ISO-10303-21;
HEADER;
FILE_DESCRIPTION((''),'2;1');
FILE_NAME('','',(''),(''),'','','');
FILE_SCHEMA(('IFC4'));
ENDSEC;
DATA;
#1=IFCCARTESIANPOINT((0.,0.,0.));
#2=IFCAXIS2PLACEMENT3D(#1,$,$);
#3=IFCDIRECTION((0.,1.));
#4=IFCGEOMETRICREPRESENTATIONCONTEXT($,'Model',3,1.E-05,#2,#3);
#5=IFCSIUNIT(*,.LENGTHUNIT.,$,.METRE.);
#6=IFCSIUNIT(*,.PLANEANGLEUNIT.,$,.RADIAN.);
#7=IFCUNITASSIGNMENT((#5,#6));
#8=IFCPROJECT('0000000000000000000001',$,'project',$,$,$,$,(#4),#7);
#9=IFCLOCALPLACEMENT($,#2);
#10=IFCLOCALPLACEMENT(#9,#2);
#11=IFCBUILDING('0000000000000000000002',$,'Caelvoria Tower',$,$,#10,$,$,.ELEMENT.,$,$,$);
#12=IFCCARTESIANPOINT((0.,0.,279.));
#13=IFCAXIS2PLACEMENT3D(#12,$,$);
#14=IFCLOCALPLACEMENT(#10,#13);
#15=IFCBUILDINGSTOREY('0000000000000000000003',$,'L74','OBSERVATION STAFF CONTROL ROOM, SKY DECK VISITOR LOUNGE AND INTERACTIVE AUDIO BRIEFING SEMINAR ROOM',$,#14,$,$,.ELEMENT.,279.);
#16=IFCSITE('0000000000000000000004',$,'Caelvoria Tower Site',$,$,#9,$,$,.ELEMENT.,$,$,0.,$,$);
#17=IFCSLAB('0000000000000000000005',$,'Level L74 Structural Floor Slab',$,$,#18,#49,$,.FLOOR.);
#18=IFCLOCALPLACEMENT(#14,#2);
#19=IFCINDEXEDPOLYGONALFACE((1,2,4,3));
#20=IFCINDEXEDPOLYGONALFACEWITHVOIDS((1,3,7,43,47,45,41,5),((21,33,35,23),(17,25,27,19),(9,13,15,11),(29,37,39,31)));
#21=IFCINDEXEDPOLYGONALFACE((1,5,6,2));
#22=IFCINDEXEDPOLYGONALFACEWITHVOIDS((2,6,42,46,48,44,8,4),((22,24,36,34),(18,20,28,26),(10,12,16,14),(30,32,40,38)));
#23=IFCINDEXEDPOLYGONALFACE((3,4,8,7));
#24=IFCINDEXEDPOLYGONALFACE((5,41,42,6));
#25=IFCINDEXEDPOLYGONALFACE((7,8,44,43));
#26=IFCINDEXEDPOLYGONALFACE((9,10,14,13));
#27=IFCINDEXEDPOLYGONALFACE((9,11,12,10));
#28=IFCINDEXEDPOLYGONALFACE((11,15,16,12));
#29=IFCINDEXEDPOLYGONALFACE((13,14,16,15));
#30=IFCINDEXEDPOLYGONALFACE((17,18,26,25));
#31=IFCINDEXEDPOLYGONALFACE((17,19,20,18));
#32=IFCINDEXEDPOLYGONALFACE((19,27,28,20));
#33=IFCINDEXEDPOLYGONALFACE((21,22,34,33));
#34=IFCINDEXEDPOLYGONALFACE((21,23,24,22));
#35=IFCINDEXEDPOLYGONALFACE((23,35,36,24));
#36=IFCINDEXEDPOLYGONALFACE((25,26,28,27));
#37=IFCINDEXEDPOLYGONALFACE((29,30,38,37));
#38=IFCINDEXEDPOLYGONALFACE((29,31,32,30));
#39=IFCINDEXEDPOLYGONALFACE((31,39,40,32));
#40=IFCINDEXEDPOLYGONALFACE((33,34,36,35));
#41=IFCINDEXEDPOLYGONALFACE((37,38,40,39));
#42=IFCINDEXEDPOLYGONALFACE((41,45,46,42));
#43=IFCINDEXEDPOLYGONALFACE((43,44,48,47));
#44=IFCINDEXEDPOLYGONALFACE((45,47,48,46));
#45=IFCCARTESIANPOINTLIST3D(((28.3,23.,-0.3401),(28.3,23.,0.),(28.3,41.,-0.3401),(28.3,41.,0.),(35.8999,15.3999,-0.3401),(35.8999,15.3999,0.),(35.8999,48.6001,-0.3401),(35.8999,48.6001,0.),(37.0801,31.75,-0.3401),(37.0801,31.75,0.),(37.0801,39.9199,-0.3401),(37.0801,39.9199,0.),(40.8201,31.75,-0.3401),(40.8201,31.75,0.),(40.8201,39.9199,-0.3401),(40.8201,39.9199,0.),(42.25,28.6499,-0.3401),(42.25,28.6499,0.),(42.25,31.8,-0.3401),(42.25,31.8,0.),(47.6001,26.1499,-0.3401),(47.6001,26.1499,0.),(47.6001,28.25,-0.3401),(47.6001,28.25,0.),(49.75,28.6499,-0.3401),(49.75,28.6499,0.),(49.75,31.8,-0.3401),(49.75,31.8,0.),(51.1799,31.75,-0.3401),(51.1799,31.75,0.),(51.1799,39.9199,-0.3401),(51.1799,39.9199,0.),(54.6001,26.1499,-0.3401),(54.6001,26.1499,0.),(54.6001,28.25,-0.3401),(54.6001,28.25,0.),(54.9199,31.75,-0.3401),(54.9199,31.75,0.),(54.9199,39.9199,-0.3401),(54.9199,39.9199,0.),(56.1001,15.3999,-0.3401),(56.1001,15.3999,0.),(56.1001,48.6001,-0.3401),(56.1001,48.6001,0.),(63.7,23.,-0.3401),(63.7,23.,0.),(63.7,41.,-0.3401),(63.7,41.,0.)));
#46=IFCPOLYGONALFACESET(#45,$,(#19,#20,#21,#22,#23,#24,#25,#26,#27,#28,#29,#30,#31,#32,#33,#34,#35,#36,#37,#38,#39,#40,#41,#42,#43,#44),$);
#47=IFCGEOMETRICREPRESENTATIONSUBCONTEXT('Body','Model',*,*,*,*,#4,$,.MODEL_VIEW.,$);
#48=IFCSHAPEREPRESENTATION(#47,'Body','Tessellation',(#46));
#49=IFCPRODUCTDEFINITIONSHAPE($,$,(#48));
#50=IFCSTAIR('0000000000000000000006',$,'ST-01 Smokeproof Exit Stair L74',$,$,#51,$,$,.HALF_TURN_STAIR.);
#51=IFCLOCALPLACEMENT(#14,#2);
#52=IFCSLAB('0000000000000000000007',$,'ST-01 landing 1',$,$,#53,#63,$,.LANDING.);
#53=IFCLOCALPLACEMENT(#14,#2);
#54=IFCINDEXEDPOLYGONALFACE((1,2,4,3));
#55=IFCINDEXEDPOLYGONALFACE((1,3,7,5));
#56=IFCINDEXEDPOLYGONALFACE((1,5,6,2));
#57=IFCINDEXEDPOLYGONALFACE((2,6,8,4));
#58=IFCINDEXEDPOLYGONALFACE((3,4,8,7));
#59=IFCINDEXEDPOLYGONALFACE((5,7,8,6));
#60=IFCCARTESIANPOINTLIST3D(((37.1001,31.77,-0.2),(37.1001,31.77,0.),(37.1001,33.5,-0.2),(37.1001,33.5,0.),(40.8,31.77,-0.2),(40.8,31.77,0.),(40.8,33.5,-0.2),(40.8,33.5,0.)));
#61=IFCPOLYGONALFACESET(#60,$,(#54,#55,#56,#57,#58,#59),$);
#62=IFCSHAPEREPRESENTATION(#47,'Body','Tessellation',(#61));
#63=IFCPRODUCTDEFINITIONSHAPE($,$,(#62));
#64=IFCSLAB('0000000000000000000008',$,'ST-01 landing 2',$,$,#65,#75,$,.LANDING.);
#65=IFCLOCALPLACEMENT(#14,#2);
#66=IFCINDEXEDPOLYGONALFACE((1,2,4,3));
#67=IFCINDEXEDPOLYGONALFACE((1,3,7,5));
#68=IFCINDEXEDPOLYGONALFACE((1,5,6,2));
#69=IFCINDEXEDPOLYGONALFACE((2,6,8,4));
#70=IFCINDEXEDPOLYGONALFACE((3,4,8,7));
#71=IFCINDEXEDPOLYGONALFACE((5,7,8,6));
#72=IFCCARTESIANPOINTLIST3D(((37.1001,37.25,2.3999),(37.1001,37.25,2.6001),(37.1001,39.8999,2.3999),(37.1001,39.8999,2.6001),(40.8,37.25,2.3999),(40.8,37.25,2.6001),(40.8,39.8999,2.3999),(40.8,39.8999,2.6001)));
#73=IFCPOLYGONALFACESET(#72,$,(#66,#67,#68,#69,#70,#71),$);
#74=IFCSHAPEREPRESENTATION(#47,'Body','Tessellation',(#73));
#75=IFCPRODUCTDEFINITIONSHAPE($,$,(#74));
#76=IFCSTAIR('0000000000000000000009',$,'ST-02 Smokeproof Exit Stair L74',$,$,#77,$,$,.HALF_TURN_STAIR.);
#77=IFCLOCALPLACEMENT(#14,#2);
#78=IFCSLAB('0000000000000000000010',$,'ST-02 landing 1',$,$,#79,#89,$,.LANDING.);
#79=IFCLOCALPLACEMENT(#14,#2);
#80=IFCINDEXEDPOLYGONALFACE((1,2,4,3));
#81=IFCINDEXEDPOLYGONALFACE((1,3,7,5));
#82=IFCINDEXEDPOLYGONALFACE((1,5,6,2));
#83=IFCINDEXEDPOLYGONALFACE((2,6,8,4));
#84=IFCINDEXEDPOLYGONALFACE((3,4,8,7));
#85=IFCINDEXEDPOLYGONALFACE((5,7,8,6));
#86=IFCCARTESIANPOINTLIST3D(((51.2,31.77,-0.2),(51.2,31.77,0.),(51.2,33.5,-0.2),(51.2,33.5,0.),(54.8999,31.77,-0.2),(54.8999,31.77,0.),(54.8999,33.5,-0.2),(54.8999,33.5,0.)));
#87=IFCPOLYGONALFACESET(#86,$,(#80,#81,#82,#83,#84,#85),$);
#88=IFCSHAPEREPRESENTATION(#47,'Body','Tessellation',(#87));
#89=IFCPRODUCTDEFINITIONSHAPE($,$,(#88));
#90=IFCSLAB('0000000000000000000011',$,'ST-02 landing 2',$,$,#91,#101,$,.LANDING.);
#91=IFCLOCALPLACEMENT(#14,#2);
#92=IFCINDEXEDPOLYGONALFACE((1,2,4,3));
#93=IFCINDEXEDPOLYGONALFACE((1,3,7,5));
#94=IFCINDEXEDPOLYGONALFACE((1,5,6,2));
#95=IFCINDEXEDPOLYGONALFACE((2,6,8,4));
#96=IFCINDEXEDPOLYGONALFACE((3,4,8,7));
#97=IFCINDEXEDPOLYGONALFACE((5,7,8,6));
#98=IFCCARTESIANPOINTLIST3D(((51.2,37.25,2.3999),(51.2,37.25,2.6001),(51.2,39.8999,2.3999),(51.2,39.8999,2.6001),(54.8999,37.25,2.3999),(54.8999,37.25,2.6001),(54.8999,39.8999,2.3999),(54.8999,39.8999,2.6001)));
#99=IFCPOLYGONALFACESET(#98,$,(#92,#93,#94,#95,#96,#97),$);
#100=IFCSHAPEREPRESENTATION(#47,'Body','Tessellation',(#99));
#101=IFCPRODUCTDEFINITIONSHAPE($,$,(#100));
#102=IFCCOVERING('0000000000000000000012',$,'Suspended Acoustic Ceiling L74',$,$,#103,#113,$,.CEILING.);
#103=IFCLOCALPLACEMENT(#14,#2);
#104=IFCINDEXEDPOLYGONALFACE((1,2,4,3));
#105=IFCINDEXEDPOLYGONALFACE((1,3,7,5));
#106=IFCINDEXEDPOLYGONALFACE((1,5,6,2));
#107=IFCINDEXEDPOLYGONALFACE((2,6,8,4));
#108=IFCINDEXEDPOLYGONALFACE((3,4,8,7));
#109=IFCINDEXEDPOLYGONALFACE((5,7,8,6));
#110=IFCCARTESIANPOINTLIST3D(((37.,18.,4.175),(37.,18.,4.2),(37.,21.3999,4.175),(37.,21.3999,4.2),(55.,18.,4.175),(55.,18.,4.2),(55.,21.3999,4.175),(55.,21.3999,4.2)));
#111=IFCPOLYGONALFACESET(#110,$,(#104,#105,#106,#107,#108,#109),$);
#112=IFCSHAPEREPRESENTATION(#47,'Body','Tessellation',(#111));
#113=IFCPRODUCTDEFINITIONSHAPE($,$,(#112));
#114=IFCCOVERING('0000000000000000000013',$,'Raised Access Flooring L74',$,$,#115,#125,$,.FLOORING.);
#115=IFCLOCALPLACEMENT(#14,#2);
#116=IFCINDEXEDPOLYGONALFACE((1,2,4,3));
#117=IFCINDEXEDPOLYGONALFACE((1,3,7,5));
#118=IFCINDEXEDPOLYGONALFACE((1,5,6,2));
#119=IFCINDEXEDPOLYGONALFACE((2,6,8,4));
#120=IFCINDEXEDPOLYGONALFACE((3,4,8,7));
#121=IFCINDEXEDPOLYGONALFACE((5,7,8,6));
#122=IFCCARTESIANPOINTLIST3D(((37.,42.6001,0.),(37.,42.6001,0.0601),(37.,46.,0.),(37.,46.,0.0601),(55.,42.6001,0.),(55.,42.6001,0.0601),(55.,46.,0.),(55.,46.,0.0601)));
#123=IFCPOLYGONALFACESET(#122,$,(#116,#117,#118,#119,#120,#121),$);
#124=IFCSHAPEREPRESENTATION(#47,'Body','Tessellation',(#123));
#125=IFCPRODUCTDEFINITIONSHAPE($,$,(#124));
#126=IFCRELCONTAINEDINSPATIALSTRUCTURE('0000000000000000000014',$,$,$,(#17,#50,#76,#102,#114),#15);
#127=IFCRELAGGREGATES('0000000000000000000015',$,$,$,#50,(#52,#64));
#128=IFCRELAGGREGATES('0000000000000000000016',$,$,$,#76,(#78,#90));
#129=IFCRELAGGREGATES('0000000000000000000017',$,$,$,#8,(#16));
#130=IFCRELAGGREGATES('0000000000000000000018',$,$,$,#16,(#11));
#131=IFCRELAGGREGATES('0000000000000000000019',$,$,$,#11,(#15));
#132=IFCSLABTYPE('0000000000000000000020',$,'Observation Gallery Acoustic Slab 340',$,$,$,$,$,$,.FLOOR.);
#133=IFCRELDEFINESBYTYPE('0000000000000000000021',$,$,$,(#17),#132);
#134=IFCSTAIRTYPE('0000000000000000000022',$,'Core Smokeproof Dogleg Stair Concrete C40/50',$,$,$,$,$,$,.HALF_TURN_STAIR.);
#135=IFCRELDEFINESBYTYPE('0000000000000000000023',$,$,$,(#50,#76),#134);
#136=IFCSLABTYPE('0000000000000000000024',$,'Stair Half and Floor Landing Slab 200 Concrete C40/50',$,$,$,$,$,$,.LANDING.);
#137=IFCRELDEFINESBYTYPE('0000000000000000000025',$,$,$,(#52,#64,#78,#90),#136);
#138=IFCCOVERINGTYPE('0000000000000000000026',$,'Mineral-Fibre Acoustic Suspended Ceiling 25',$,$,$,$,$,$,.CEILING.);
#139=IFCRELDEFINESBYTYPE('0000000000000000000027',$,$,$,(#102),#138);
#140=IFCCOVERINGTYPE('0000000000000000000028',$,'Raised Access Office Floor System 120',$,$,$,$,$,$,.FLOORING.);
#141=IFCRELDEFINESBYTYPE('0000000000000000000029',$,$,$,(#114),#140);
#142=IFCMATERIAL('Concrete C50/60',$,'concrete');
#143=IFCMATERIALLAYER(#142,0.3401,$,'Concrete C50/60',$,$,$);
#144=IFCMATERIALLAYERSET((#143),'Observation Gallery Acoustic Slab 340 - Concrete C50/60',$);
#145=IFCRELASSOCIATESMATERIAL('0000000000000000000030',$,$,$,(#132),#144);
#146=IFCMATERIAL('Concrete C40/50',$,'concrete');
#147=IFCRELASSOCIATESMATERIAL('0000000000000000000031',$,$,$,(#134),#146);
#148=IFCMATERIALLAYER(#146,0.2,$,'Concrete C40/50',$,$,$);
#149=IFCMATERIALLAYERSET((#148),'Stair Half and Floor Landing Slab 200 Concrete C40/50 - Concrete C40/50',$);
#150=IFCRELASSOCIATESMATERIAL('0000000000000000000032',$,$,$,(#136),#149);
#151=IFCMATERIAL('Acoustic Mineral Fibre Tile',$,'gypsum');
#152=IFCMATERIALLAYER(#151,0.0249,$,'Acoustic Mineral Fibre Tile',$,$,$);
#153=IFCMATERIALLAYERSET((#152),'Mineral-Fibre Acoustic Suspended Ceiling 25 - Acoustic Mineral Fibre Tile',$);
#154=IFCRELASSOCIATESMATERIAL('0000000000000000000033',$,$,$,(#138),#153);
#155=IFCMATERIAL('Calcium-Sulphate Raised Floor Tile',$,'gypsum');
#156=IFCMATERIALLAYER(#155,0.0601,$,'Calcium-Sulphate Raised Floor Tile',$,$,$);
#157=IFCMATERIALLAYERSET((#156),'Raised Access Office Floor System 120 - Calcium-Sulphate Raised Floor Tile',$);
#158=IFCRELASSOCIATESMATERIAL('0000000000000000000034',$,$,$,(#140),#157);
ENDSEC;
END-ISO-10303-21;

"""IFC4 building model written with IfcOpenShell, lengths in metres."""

from ifc_helpers import new_model, si_unit, direction, frame, origin, place, context, subcontext, project, spatial, polyline, outline, extrude, material, layer, layer_set, type_object, element, aggregate, save


model = new_model("IFC4")

# Units and contexts
model_context = context("Model", 3, precision=1e-05, world=origin(), true_north=direction((0.0, 1.0)))
body_context = subcontext(model_context, "Body", "Model", "MODEL_VIEW")
ifc_project = project(units=[si_unit("LENGTHUNIT", "METRE"), si_unit("PLANEANGLEUNIT", "RADIAN")], contexts=[model_context])

# Site, building, storey
site_placement = place(None, origin())
site = spatial("IfcSite", under=ifc_project, at=site_placement, Name="Caelvoria Tower Site", CompositionType="ELEMENT", RefElevation=0.0)
building_placement = place(site_placement, origin())
building = spatial("IfcBuilding", under=site, at=building_placement, Name="Caelvoria Tower", CompositionType="ELEMENT")
storey_placement = place(building_placement, frame((0.0, 0.0, 279.0)))
storey = spatial("IfcBuildingStorey", under=building, at=storey_placement, Name="L74", Description="OBSERVATION STAFF CONTROL ROOM, SKY DECK VISITOR LOUNGE AND INTERACTIVE AUDIO BRIEFING SEMINAR ROOM", CompositionType="ELEMENT", Elevation=279.0)

# Slab
ifc_material_1 = material(Name="Concrete C50/60", Category="concrete")
ifc_layer_1 = layer(ifc_material_1, 0.3401, Name="Concrete C50/60")
ifc_layer_set_1 = layer_set([ifc_layer_1], Name="Observation Gallery Acoustic Slab 340 - Concrete C50/60")
slab_type_1 = type_object("IfcSlabType", Name="Observation Gallery Acoustic Slab 340", PredefinedType="FLOOR", material=ifc_layer_set_1)
slab_1_placement = place(storey_placement, frame((0.0, 0.0, -0.3401)))
element("IfcSlab", 1, at=slab_1_placement, inside=storey, type_object=slab_type_1, Name="Level L74 Structural Floor Slab", PredefinedType="FLOOR", context=body_context, shape_type="SweptSolid", body=[
    extrude(outline(polyline([(35.8999, 15.3999), (56.1001, 15.3999), (63.7, 23.0), (63.7, 41.0), (56.1001, 48.6001), (35.8999, 48.6001), (28.3, 41.0), (28.3, 23.0), (35.8999, 15.3999)]), holes=[polyline([(37.0801, 31.75), (40.8201, 31.75), (40.8201, 39.9199), (37.0801, 39.9199), (37.0801, 31.75)]), polyline([(51.1799, 31.75), (54.9199, 31.75), (54.9199, 39.9199), (51.1799, 39.9199), (51.1799, 31.75)]), polyline([(42.25, 28.6499), (49.75, 28.6499), (49.75, 31.8), (42.25, 31.8), (42.25, 28.6499)]), polyline([(47.6001, 26.1499), (54.6001, 26.1499), (54.6001, 28.25), (47.6001, 28.25), (47.6001, 26.1499)])]), origin(), (0.0, 0.0, 1.0), 0.3401),
])

# Stairs, slabs
ifc_material_2 = material(Name="Concrete C40/50", Category="concrete")
stair_type = type_object("IfcStairType", Name="Core Smokeproof Dogleg Stair Concrete C40/50", PredefinedType="HALF_TURN_STAIR", material=ifc_material_2)
stair_1_placement = place(storey_placement, origin())
stair_1 = element("IfcStair", 2, at=stair_1_placement, inside=storey, type_object=stair_type, Name="ST-01 Smokeproof Exit Stair L74", PredefinedType="HALF_TURN_STAIR")
ifc_layer_2 = layer(ifc_material_2, 0.2, Name="Concrete C40/50")
ifc_layer_set_2 = layer_set([ifc_layer_2], Name="Stair Half and Floor Landing Slab 200 Concrete C40/50 - Concrete C40/50")
slab_type_2 = type_object("IfcSlabType", Name="Stair Half and Floor Landing Slab 200 Concrete C40/50", PredefinedType="LANDING", material=ifc_layer_set_2)
slab_2_placement = place(storey_placement, frame((0.0, 0.0, -0.2)))
slab_2 = element("IfcSlab", 3, at=slab_2_placement, type_object=slab_type_2, Name="ST-01 landing 1", PredefinedType="LANDING", context=body_context, shape_type="SweptSolid", body=[
    extrude(outline(polyline([(37.1001, 31.77), (40.8, 31.77), (40.8, 33.5), (37.1001, 33.5), (37.1001, 31.77)])), origin(), (0.0, 0.0, 1.0), 0.2),
])
slab_3_placement = place(storey_placement, frame((0.0, 0.0, 2.3999)))
slab_3 = element("IfcSlab", 4, at=slab_3_placement, type_object=slab_type_2, Name="ST-01 landing 2", PredefinedType="LANDING", context=body_context, shape_type="SweptSolid", body=[
    extrude(outline(polyline([(37.1001, 37.25), (40.8, 37.25), (40.8, 39.8999), (37.1001, 39.8999), (37.1001, 37.25)])), origin(), (0.0, 0.0, 1.0), 0.2002),
])
aggregate(stair_1, [slab_2, slab_3])
stair_2_placement = place(storey_placement, origin())
stair_2 = element("IfcStair", 5, at=stair_2_placement, inside=storey, type_object=stair_type, Name="ST-02 Smokeproof Exit Stair L74", PredefinedType="HALF_TURN_STAIR")
slab_4_placement = place(storey_placement, frame((0.0, 0.0, -0.2)))
slab_4 = element("IfcSlab", 6, at=slab_4_placement, type_object=slab_type_2, Name="ST-02 landing 1", PredefinedType="LANDING", context=body_context, shape_type="SweptSolid", body=[
    extrude(outline(polyline([(51.2, 31.77), (54.8999, 31.77), (54.8999, 33.5), (51.2, 33.5), (51.2, 31.77)])), origin(), (0.0, 0.0, 1.0), 0.2),
])
slab_5_placement = place(storey_placement, frame((0.0, 0.0, 2.3999)))
slab_5 = element("IfcSlab", 7, at=slab_5_placement, type_object=slab_type_2, Name="ST-02 landing 2", PredefinedType="LANDING", context=body_context, shape_type="SweptSolid", body=[
    extrude(outline(polyline([(51.2, 37.25), (54.8999, 37.25), (54.8999, 39.8999), (51.2, 39.8999), (51.2, 37.25)])), origin(), (0.0, 0.0, 1.0), 0.2002),
])
aggregate(stair_2, [slab_4, slab_5])

# Coverings
ifc_material_3 = material(Name="Acoustic Mineral Fibre Tile", Category="gypsum")
ifc_layer_3 = layer(ifc_material_3, 0.0249, Name="Acoustic Mineral Fibre Tile")
ifc_layer_set_3 = layer_set([ifc_layer_3], Name="Mineral-Fibre Acoustic Suspended Ceiling 25 - Acoustic Mineral Fibre Tile")
covering_type_1 = type_object("IfcCoveringType", Name="Mineral-Fibre Acoustic Suspended Ceiling 25", PredefinedType="CEILING", material=ifc_layer_set_3)
covering_1_placement = place(storey_placement, frame((0.0, 0.0, 4.175)))
element("IfcCovering", 8, at=covering_1_placement, inside=storey, type_object=covering_type_1, Name="Suspended Acoustic Ceiling L74", PredefinedType="CEILING", context=body_context, shape_type="SweptSolid", body=[
    extrude(outline(polyline([(37.0, 18.0), (55.0, 18.0), (55.0, 21.3999), (37.0, 21.3999), (37.0, 18.0)])), origin(), (0.0, 0.0, 1.0), 0.0249),
])
ifc_material_4 = material(Name="Calcium-Sulphate Raised Floor Tile", Category="gypsum")
ifc_layer_4 = layer(ifc_material_4, 0.0601, Name="Calcium-Sulphate Raised Floor Tile")
ifc_layer_set_4 = layer_set([ifc_layer_4], Name="Raised Access Office Floor System 120 - Calcium-Sulphate Raised Floor Tile")
covering_type_2 = type_object("IfcCoveringType", Name="Raised Access Office Floor System 120", PredefinedType="FLOORING", material=ifc_layer_set_4)
covering_2_placement = place(storey_placement, origin())
element("IfcCovering", 9, at=covering_2_placement, inside=storey, type_object=covering_type_2, Name="Raised Access Flooring L74", PredefinedType="FLOORING", context=body_context, shape_type="SweptSolid", body=[
    extrude(outline(polyline([(37.0, 42.6001), (55.0, 42.6001), (55.0, 46.0), (37.0, 46.0), (37.0, 42.6001)])), origin(), (0.0, 0.0, 1.0), 0.0601),
])

save(model, "model.ifc")
